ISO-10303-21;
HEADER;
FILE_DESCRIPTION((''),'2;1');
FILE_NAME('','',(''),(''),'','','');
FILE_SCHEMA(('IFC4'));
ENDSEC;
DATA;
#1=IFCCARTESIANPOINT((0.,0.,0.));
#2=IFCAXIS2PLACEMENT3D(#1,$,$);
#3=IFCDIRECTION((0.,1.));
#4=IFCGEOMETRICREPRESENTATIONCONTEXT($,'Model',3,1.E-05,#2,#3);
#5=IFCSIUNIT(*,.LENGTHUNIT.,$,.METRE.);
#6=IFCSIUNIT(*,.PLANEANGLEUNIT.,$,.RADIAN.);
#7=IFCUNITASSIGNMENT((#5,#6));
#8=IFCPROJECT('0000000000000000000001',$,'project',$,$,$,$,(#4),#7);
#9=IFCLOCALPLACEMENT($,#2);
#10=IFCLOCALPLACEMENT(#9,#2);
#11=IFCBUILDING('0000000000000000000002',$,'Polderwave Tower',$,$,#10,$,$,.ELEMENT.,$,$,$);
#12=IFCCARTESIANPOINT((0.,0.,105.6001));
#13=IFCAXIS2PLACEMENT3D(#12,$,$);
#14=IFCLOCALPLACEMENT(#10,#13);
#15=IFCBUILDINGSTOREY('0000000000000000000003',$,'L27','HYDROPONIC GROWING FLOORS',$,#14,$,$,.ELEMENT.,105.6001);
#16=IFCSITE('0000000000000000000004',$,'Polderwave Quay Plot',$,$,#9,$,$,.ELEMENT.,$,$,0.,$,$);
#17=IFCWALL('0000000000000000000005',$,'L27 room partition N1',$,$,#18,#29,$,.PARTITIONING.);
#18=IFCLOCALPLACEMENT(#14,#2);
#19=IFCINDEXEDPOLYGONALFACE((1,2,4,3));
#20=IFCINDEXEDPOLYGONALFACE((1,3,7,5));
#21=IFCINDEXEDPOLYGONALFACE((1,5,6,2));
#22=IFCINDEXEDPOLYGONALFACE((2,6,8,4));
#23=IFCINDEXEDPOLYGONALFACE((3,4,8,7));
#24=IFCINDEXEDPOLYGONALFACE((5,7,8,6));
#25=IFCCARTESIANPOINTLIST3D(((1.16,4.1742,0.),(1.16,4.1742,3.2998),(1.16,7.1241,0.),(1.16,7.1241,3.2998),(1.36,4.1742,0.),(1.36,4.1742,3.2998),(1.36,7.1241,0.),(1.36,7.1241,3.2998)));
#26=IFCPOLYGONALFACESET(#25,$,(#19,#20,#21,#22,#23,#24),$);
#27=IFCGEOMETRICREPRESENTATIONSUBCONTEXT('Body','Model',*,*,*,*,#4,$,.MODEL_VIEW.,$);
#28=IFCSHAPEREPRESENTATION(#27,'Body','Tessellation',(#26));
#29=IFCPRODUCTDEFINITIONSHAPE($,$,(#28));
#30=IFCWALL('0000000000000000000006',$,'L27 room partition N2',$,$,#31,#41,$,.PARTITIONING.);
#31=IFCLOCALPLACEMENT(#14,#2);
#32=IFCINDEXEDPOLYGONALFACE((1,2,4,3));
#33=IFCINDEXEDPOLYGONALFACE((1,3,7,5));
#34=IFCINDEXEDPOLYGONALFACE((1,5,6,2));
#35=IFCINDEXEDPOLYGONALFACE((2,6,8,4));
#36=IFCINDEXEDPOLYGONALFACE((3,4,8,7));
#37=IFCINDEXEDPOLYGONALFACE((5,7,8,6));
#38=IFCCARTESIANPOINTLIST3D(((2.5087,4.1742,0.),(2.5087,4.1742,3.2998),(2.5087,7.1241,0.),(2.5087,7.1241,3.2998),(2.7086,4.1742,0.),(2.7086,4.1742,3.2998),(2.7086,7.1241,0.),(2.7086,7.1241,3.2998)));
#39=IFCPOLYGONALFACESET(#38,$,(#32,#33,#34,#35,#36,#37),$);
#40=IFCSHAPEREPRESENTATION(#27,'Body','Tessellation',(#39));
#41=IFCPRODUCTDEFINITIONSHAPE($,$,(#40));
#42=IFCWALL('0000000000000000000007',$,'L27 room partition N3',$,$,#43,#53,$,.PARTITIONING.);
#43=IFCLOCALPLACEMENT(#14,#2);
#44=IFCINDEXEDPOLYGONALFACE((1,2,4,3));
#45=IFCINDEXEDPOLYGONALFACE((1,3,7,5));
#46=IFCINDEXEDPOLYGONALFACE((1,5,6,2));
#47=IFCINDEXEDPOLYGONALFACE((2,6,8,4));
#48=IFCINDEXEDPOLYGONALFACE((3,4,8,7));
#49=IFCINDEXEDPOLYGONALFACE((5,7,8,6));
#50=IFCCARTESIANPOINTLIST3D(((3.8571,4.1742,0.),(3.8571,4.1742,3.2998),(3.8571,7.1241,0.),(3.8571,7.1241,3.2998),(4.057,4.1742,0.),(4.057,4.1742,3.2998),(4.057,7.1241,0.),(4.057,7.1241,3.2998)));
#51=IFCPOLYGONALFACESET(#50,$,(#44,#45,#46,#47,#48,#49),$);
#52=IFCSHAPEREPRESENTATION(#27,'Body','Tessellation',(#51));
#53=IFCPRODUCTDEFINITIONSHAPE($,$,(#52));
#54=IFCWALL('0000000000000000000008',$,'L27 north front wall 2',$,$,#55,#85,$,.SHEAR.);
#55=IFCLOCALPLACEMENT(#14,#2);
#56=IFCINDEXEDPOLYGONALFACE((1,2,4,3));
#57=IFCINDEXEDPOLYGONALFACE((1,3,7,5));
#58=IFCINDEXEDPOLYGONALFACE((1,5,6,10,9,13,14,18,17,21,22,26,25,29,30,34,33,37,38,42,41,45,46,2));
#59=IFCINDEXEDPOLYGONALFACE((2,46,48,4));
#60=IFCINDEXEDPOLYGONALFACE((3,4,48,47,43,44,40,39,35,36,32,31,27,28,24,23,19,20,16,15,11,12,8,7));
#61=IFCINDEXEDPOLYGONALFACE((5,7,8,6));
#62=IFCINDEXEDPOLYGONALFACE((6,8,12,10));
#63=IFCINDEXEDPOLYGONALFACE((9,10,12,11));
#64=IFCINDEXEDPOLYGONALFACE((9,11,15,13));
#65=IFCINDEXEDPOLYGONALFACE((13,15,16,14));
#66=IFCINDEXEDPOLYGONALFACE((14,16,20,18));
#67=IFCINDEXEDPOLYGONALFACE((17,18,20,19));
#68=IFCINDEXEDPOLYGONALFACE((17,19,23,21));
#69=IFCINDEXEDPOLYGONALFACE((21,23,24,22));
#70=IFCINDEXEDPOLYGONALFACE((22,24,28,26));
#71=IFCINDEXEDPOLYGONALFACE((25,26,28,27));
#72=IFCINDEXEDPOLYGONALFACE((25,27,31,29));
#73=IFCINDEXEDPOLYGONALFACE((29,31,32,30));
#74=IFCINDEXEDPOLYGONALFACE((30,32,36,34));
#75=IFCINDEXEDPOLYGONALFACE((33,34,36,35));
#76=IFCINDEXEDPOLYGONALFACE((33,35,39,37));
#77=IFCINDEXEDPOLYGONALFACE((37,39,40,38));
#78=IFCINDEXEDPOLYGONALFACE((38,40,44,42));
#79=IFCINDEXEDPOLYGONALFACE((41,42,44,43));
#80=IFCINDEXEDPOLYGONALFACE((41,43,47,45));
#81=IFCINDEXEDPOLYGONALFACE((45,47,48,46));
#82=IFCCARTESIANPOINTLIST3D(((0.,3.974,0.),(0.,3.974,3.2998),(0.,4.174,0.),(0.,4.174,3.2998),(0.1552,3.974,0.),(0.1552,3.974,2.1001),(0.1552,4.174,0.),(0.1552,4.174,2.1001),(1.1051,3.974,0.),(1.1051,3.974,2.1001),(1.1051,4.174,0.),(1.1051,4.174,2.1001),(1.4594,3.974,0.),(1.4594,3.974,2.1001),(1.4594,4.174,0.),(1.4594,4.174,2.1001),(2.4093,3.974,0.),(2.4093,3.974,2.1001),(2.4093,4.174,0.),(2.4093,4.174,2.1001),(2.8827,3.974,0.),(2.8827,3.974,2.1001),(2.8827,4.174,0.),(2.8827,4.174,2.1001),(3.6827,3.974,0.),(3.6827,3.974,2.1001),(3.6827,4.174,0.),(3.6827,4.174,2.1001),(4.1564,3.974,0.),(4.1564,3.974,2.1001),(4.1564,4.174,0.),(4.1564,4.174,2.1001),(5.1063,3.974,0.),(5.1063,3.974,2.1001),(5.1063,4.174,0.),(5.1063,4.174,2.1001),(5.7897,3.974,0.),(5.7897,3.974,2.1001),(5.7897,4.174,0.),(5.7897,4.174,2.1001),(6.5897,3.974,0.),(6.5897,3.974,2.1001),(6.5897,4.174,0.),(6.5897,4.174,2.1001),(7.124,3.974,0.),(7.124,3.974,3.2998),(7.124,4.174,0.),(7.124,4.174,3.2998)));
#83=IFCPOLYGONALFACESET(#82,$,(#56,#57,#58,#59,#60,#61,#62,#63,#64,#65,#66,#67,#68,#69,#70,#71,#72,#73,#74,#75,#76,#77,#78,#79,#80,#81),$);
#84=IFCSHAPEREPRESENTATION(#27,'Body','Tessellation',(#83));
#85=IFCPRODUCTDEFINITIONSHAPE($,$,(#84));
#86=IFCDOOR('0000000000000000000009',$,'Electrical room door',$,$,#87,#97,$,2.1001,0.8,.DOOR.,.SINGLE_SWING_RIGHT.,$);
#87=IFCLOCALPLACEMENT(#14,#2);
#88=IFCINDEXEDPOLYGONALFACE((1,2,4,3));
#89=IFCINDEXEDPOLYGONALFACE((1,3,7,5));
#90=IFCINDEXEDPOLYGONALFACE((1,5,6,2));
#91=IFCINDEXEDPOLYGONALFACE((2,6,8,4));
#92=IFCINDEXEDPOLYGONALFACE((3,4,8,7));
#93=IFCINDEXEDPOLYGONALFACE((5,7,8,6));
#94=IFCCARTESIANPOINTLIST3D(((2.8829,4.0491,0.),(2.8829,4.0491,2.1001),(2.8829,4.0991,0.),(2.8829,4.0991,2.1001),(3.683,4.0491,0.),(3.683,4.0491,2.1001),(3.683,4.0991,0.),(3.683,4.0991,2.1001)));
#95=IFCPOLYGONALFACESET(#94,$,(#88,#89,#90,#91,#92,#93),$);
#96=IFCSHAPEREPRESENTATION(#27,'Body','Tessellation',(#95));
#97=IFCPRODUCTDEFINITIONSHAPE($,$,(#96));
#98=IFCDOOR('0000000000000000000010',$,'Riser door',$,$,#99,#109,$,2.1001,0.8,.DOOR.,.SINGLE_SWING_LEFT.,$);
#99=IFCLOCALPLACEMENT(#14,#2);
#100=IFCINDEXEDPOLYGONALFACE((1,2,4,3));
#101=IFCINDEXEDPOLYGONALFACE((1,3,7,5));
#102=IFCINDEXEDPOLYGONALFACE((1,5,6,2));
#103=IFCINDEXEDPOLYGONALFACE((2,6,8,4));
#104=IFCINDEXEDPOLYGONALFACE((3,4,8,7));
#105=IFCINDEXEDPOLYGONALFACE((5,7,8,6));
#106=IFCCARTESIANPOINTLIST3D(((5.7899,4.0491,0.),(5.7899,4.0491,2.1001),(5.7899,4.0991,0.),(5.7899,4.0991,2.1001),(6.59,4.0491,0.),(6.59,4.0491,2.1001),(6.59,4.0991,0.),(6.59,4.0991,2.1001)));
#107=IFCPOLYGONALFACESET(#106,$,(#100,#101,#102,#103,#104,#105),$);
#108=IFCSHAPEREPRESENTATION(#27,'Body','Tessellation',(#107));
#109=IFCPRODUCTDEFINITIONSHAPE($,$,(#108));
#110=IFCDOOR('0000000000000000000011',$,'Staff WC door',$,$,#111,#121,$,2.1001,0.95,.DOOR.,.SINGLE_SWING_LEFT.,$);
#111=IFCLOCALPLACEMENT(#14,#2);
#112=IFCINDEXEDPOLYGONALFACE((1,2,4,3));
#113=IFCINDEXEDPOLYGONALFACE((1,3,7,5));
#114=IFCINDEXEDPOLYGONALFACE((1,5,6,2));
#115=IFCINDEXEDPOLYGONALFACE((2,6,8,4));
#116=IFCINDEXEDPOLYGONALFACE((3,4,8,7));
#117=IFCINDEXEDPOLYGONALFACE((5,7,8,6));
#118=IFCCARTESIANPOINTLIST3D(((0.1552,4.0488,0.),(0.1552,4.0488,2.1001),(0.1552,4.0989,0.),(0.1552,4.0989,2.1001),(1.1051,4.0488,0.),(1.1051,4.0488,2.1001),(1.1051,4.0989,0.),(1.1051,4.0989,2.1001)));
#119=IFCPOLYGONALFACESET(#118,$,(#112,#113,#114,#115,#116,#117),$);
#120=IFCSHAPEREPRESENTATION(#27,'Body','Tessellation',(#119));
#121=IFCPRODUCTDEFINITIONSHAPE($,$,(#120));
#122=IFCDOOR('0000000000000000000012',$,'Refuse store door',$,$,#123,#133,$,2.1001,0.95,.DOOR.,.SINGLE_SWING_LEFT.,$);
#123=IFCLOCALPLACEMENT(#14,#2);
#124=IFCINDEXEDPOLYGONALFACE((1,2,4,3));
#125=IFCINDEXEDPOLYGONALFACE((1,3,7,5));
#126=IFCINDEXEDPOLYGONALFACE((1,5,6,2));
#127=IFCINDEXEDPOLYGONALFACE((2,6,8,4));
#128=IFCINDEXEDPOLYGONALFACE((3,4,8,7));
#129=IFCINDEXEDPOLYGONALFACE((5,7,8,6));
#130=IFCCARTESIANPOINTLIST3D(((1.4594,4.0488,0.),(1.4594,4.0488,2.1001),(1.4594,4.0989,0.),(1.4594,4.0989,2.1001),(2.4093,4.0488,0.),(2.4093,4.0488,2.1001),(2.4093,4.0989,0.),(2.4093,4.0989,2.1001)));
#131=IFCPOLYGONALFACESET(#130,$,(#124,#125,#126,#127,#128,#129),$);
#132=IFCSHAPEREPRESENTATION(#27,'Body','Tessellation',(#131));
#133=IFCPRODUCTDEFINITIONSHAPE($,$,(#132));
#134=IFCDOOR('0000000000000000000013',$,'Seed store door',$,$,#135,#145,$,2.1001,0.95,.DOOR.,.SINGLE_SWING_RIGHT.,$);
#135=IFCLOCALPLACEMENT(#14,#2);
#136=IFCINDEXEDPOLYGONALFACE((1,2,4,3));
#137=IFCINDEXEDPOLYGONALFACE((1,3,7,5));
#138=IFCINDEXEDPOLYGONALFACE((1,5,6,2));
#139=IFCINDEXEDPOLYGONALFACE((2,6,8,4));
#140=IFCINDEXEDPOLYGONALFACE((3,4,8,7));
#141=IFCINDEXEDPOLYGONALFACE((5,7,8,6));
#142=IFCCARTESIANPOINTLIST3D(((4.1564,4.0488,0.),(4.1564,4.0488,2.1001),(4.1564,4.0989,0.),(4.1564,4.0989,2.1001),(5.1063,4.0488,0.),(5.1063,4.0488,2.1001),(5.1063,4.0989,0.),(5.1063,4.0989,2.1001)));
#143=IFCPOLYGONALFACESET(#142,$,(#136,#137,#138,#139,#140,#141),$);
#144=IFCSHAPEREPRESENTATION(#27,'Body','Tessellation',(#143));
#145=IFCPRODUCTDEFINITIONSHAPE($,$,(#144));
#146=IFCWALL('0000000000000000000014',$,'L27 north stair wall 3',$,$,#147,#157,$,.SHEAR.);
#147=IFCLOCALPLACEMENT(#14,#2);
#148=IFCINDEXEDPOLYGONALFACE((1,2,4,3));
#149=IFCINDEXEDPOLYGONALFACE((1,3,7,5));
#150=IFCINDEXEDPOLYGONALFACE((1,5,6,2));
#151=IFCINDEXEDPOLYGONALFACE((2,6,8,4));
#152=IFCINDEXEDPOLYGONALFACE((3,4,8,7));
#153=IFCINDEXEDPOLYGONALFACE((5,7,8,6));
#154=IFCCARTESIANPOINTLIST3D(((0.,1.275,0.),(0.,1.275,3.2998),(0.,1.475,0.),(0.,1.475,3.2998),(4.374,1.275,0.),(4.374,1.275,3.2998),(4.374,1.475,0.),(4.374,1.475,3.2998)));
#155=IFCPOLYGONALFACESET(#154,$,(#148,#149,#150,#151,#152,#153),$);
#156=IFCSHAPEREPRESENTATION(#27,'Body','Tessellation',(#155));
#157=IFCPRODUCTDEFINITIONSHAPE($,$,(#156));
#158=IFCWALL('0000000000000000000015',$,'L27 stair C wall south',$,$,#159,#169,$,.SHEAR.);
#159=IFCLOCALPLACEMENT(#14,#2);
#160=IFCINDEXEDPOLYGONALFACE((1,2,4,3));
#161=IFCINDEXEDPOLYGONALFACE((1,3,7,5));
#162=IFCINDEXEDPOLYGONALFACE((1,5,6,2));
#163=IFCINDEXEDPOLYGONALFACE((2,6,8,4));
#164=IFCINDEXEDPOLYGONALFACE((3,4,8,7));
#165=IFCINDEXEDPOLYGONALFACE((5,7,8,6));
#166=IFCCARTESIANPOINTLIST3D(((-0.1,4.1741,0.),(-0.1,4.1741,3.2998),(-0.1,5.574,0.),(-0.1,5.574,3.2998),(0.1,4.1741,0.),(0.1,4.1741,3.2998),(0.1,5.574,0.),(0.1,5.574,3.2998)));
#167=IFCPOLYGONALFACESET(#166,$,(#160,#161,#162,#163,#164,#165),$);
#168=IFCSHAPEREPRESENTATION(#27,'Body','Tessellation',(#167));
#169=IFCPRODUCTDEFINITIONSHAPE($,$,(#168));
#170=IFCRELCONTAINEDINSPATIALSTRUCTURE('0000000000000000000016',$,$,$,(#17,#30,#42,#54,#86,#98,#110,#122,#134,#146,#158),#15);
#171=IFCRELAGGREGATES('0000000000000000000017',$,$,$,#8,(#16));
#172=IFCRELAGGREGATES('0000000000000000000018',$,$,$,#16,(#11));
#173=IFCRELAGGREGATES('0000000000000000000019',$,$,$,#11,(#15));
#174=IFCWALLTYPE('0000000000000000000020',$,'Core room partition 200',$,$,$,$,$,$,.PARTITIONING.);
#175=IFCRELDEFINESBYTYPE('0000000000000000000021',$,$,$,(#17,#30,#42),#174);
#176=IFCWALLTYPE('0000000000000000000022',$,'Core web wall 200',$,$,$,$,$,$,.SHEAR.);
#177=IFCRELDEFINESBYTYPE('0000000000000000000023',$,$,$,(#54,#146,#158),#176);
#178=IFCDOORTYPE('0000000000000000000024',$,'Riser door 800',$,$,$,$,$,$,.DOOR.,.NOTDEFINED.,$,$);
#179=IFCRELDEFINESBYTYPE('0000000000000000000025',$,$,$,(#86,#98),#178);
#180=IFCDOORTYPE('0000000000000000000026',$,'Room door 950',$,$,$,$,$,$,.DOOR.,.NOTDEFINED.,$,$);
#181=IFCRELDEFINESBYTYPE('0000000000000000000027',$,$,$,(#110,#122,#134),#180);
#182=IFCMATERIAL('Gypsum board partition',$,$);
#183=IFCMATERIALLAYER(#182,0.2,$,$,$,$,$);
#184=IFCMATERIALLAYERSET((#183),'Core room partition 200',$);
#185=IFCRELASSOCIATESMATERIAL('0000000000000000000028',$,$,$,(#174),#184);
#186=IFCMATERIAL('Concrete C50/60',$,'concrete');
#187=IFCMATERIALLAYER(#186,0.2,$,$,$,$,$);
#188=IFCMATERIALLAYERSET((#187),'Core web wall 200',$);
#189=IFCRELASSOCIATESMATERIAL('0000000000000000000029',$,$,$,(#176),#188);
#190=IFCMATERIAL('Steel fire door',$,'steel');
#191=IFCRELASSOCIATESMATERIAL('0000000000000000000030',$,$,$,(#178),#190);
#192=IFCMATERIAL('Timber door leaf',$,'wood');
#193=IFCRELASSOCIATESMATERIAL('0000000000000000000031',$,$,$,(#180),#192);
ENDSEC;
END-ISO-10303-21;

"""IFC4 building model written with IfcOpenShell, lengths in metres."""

from ifc_helpers import new_model, si_unit, direction, frame, frame_2d, origin, place, context, subcontext, project, spatial, rectangle, extrude, material, layer, layer_set, type_object, element, fill, save


model = new_model("IFC4")

# Units and contexts
model_context = context("Model", 3, precision=1e-05, world=origin(), true_north=direction((0.0, 1.0)))
body_context = subcontext(model_context, "Body", "Model", "MODEL_VIEW")
ifc_project = project(units=[si_unit("LENGTHUNIT", "METRE"), si_unit("PLANEANGLEUNIT", "RADIAN")], contexts=[model_context])

# Site, building, storey
site_placement = place(None, origin())
site = spatial("IfcSite", under=ifc_project, at=site_placement, Name="Polderwave Quay Plot", CompositionType="ELEMENT", RefElevation=0.0)
building_placement = place(site_placement, origin())
building = spatial("IfcBuilding", under=site, at=building_placement, Name="Polderwave Tower", CompositionType="ELEMENT")
storey_placement = place(building_placement, frame((0.0, 0.0, 105.6001)))
storey = spatial("IfcBuildingStorey", under=building, at=storey_placement, Name="L27", Description="HYDROPONIC GROWING FLOORS", CompositionType="ELEMENT", Elevation=105.6001)

# Walls
ifc_material_1 = material(Name="Gypsum board partition")
ifc_layer_1 = layer(ifc_material_1, 0.2)
ifc_layer_set_1 = layer_set([ifc_layer_1], Name="Core room partition 200")
wall_type_1 = type_object("IfcWallType", Name="Core room partition 200", PredefinedType="PARTITIONING", material=ifc_layer_set_1)
for number, where, z_axis, x_axis, name in (
    (1, (1.26, 4.1741, 0.0), (0.0, 0.0, 1.0), (0.0, 1.0, 0.0), "L27 room partition N1"),
    (2, (2.6086, 4.1741, 0.0), (0.0, 0.0, 1.0), (0.0, 1.0, 0.0), "L27 room partition N2"),
    (3, (3.957, 4.1741, 0.0), (0.0, 0.0, 1.0), (0.0, 1.0, 0.0), "L27 room partition N3"),
):
    element("IfcWall", number, at=place(storey_placement, frame(where, z_axis=z_axis, x_axis=x_axis)), inside=storey, type_object=wall_type_1, Name=name, PredefinedType="PARTITIONING", context=body_context, shape_type="SweptSolid", body=[
        extrude(rectangle(XDim=2.95, YDim=0.2, at=frame_2d((1.4751, 0.0))), origin(), (0.0, 0.0, 1.0), 3.2998),
    ])

# Wall, openings, doors
ifc_material_2 = material(Name="Concrete C50/60", Category="concrete")
ifc_layer_2 = layer(ifc_material_2, 0.2)
ifc_layer_set_2 = layer_set([ifc_layer_2], Name="Core web wall 200")
wall_type_2 = type_object("IfcWallType", Name="Core web wall 200", PredefinedType="SHEAR", material=ifc_layer_set_2)
wall_1_placement = place(storey_placement, frame((0.0, 4.074, 0.0), z_axis=(0.0, 0.0, 1.0), x_axis=(1.0, 0.0, 0.0)))
wall_1 = element("IfcWall", 4, at=wall_1_placement, inside=storey, type_object=wall_type_2, Name="L27 north front wall 2", PredefinedType="SHEAR", context=body_context, shape_type="SweptSolid", body=[
    extrude(rectangle(XDim=7.124, YDim=0.2, at=frame_2d((3.562, 0.0))), origin(), (0.0, 0.0, 1.0), 3.2998),
])
opening_1_placement = place(wall_1_placement, frame((0.155, 0.0, 0.0)))
opening_1 = element("IfcOpeningElement", 5, at=opening_1_placement, cuts=wall_1, PredefinedType="OPENING", context=body_context, shape_type="SweptSolid", body=[
    extrude(rectangle(XDim=0.95, YDim=2.1001, at=frame_2d((0.4751, 1.05))), frame((0.0, 0.1099, 0.0), z_axis=(0.0, -1.0, 0.0), x_axis=(1.0, 0.0, 0.0)), (0.0, 0.0, 1.0), 0.22),
])
opening_2_placement = place(wall_1_placement, frame((1.4592, 0.0, 0.0)))
opening_2 = element("IfcOpeningElement", 6, at=opening_2_placement, cuts=wall_1, PredefinedType="OPENING", context=body_context, shape_type="SweptSolid", body=[
    extrude(rectangle(XDim=0.95, YDim=2.1001, at=frame_2d((0.4751, 1.05))), frame((0.0, 0.1099, 0.0), z_axis=(0.0, -1.0, 0.0), x_axis=(1.0, 0.0, 0.0)), (0.0, 0.0, 1.0), 0.22),
])
opening_3_placement = place(wall_1_placement, frame((2.8828, 0.0, 0.0)))
opening_3 = element("IfcOpeningElement", 7, at=opening_3_placement, cuts=wall_1, PredefinedType="OPENING", context=body_context, shape_type="SweptSolid", body=[
    extrude(rectangle(XDim=0.8, YDim=2.1001, at=frame_2d((0.3999, 1.05))), frame((0.0, 0.1099, 0.0), z_axis=(0.0, -1.0, 0.0), x_axis=(1.0, 0.0, 0.0)), (0.0, 0.0, 1.0), 0.22),
])
opening_4_placement = place(wall_1_placement, frame((4.1562, 0.0, 0.0)))
opening_4 = element("IfcOpeningElement", 8, at=opening_4_placement, cuts=wall_1, PredefinedType="OPENING", context=body_context, shape_type="SweptSolid", body=[
    extrude(rectangle(XDim=0.95, YDim=2.1001, at=frame_2d((0.4751, 1.05))), frame((0.0, 0.1099, 0.0), z_axis=(0.0, -1.0, 0.0), x_axis=(1.0, 0.0, 0.0)), (0.0, 0.0, 1.0), 0.22),
])
opening_5_placement = place(wall_1_placement, frame((5.7898, 0.0, 0.0)))
opening_5 = element("IfcOpeningElement", 9, at=opening_5_placement, cuts=wall_1, PredefinedType="OPENING", context=body_context, shape_type="SweptSolid", body=[
    extrude(rectangle(XDim=0.8, YDim=2.1001, at=frame_2d((0.3999, 1.05))), frame((0.0, 0.1099, 0.0), z_axis=(0.0, -1.0, 0.0), x_axis=(1.0, 0.0, 0.0)), (0.0, 0.0, 1.0), 0.22),
])
ifc_material_3 = material(Name="Steel fire door", Category="steel")
door_type_1 = type_object("IfcDoorType", Name="Riser door 800", OperationType="NOTDEFINED", PredefinedType="DOOR", material=ifc_material_3)
door_1_placement = place(opening_3_placement, frame((0.8, 0.0, 0.0), z_axis=(0.0, 0.0, 1.0), x_axis=(-1.0, 0.0, 0.0)))
door_1 = element("IfcDoor", 10, at=door_1_placement, inside=storey, type_object=door_type_1, Name="Electrical room door", OperationType="SINGLE_SWING_RIGHT", OverallHeight=2.1001, OverallWidth=0.8, PredefinedType="DOOR", context=body_context, shape_type="SweptSolid", body=[
    extrude(rectangle(XDim=0.8, YDim=2.1001, at=frame_2d((0.3999, 1.05))), frame((0.0, 0.0249, 0.0), z_axis=(0.0, -1.0, 0.0), x_axis=(1.0, 0.0, 0.0)), (0.0, 0.0, 1.0), 0.05),
])
fill(opening_3, door_1)
door_2_placement = place(opening_5_placement, frame((0.8, 0.0, 0.0), z_axis=(0.0, 0.0, 1.0), x_axis=(-1.0, 0.0, 0.0)))
door_2 = element("IfcDoor", 11, at=door_2_placement, inside=storey, type_object=door_type_1, Name="Riser door", OperationType="SINGLE_SWING_LEFT", OverallHeight=2.1001, OverallWidth=0.8, PredefinedType="DOOR", context=body_context, shape_type="SweptSolid", body=[
    extrude(rectangle(XDim=0.8, YDim=2.1001, at=frame_2d((0.3999, 1.05))), frame((0.0, 0.0249, 0.0), z_axis=(0.0, -1.0, 0.0), x_axis=(1.0, 0.0, 0.0)), (0.0, 0.0, 1.0), 0.05),
])
fill(opening_5, door_2)
ifc_material_4 = material(Name="Timber door leaf", Category="wood")
door_type_2 = type_object("IfcDoorType", Name="Room door 950", OperationType="NOTDEFINED", PredefinedType="DOOR", material=ifc_material_4)
door_3_placement = place(opening_1_placement, origin())
door_3 = element("IfcDoor", 12, at=door_3_placement, inside=storey, type_object=door_type_2, Name="Staff WC door", OperationType="SINGLE_SWING_LEFT", OverallHeight=2.1001, OverallWidth=0.95, PredefinedType="DOOR", context=body_context, shape_type="SweptSolid", body=[
    extrude(rectangle(XDim=0.95, YDim=2.1001, at=frame_2d((0.4751, 1.05))), frame((0.0, 0.0249, 0.0), z_axis=(0.0, -1.0, 0.0), x_axis=(1.0, 0.0, 0.0)), (0.0, 0.0, 1.0), 0.05),
])
fill(opening_1, door_3)
door_4_placement = place(opening_2_placement, origin())
door_4 = element("IfcDoor", 13, at=door_4_placement, inside=storey, type_object=door_type_2, Name="Refuse store door", OperationType="SINGLE_SWING_LEFT", OverallHeight=2.1001, OverallWidth=0.95, PredefinedType="DOOR", context=body_context, shape_type="SweptSolid", body=[
    extrude(rectangle(XDim=0.95, YDim=2.1001, at=frame_2d((0.4751, 1.05))), frame((0.0, 0.0249, 0.0), z_axis=(0.0, -1.0, 0.0), x_axis=(1.0, 0.0, 0.0)), (0.0, 0.0, 1.0), 0.05),
])
fill(opening_2, door_4)
door_5_placement = place(opening_4_placement, origin())
door_5 = element("IfcDoor", 14, at=door_5_placement, inside=storey, type_object=door_type_2, Name="Seed store door", OperationType="SINGLE_SWING_RIGHT", OverallHeight=2.1001, OverallWidth=0.95, PredefinedType="DOOR", context=body_context, shape_type="SweptSolid", body=[
    extrude(rectangle(XDim=0.95, YDim=2.1001, at=frame_2d((0.4751, 1.05))), frame((0.0, 0.0249, 0.0), z_axis=(0.0, -1.0, 0.0), x_axis=(1.0, 0.0, 0.0)), (0.0, 0.0, 1.0), 0.05),
])
fill(opening_4, door_5)

# Walls
wall_2_placement = place(storey_placement, frame((0.0, 1.375, 0.0), z_axis=(0.0, 0.0, 1.0), x_axis=(1.0, 0.0, 0.0)))
element("IfcWall", 15, at=wall_2_placement, inside=storey, type_object=wall_type_2, Name="L27 north stair wall 3", PredefinedType="SHEAR", context=body_context, shape_type="SweptSolid", body=[
    extrude(rectangle(XDim=4.374, YDim=0.2, at=frame_2d((2.187, 0.0))), origin(), (0.0, 0.0, 1.0), 3.2998),
])
wall_3_placement = place(storey_placement, frame((0.0, 4.1741, 0.0), z_axis=(0.0, 0.0, 1.0), x_axis=(0.0, 1.0, 0.0)))
element("IfcWall", 16, at=wall_3_placement, inside=storey, type_object=wall_type_2, Name="L27 stair C wall south", PredefinedType="SHEAR", context=body_context, shape_type="SweptSolid", body=[
    extrude(rectangle(XDim=1.3999, YDim=0.2, at=frame_2d((0.7, 0.0))), origin(), (0.0, 0.0, 1.0), 3.2998),
])

save(model, "model.ifc")
